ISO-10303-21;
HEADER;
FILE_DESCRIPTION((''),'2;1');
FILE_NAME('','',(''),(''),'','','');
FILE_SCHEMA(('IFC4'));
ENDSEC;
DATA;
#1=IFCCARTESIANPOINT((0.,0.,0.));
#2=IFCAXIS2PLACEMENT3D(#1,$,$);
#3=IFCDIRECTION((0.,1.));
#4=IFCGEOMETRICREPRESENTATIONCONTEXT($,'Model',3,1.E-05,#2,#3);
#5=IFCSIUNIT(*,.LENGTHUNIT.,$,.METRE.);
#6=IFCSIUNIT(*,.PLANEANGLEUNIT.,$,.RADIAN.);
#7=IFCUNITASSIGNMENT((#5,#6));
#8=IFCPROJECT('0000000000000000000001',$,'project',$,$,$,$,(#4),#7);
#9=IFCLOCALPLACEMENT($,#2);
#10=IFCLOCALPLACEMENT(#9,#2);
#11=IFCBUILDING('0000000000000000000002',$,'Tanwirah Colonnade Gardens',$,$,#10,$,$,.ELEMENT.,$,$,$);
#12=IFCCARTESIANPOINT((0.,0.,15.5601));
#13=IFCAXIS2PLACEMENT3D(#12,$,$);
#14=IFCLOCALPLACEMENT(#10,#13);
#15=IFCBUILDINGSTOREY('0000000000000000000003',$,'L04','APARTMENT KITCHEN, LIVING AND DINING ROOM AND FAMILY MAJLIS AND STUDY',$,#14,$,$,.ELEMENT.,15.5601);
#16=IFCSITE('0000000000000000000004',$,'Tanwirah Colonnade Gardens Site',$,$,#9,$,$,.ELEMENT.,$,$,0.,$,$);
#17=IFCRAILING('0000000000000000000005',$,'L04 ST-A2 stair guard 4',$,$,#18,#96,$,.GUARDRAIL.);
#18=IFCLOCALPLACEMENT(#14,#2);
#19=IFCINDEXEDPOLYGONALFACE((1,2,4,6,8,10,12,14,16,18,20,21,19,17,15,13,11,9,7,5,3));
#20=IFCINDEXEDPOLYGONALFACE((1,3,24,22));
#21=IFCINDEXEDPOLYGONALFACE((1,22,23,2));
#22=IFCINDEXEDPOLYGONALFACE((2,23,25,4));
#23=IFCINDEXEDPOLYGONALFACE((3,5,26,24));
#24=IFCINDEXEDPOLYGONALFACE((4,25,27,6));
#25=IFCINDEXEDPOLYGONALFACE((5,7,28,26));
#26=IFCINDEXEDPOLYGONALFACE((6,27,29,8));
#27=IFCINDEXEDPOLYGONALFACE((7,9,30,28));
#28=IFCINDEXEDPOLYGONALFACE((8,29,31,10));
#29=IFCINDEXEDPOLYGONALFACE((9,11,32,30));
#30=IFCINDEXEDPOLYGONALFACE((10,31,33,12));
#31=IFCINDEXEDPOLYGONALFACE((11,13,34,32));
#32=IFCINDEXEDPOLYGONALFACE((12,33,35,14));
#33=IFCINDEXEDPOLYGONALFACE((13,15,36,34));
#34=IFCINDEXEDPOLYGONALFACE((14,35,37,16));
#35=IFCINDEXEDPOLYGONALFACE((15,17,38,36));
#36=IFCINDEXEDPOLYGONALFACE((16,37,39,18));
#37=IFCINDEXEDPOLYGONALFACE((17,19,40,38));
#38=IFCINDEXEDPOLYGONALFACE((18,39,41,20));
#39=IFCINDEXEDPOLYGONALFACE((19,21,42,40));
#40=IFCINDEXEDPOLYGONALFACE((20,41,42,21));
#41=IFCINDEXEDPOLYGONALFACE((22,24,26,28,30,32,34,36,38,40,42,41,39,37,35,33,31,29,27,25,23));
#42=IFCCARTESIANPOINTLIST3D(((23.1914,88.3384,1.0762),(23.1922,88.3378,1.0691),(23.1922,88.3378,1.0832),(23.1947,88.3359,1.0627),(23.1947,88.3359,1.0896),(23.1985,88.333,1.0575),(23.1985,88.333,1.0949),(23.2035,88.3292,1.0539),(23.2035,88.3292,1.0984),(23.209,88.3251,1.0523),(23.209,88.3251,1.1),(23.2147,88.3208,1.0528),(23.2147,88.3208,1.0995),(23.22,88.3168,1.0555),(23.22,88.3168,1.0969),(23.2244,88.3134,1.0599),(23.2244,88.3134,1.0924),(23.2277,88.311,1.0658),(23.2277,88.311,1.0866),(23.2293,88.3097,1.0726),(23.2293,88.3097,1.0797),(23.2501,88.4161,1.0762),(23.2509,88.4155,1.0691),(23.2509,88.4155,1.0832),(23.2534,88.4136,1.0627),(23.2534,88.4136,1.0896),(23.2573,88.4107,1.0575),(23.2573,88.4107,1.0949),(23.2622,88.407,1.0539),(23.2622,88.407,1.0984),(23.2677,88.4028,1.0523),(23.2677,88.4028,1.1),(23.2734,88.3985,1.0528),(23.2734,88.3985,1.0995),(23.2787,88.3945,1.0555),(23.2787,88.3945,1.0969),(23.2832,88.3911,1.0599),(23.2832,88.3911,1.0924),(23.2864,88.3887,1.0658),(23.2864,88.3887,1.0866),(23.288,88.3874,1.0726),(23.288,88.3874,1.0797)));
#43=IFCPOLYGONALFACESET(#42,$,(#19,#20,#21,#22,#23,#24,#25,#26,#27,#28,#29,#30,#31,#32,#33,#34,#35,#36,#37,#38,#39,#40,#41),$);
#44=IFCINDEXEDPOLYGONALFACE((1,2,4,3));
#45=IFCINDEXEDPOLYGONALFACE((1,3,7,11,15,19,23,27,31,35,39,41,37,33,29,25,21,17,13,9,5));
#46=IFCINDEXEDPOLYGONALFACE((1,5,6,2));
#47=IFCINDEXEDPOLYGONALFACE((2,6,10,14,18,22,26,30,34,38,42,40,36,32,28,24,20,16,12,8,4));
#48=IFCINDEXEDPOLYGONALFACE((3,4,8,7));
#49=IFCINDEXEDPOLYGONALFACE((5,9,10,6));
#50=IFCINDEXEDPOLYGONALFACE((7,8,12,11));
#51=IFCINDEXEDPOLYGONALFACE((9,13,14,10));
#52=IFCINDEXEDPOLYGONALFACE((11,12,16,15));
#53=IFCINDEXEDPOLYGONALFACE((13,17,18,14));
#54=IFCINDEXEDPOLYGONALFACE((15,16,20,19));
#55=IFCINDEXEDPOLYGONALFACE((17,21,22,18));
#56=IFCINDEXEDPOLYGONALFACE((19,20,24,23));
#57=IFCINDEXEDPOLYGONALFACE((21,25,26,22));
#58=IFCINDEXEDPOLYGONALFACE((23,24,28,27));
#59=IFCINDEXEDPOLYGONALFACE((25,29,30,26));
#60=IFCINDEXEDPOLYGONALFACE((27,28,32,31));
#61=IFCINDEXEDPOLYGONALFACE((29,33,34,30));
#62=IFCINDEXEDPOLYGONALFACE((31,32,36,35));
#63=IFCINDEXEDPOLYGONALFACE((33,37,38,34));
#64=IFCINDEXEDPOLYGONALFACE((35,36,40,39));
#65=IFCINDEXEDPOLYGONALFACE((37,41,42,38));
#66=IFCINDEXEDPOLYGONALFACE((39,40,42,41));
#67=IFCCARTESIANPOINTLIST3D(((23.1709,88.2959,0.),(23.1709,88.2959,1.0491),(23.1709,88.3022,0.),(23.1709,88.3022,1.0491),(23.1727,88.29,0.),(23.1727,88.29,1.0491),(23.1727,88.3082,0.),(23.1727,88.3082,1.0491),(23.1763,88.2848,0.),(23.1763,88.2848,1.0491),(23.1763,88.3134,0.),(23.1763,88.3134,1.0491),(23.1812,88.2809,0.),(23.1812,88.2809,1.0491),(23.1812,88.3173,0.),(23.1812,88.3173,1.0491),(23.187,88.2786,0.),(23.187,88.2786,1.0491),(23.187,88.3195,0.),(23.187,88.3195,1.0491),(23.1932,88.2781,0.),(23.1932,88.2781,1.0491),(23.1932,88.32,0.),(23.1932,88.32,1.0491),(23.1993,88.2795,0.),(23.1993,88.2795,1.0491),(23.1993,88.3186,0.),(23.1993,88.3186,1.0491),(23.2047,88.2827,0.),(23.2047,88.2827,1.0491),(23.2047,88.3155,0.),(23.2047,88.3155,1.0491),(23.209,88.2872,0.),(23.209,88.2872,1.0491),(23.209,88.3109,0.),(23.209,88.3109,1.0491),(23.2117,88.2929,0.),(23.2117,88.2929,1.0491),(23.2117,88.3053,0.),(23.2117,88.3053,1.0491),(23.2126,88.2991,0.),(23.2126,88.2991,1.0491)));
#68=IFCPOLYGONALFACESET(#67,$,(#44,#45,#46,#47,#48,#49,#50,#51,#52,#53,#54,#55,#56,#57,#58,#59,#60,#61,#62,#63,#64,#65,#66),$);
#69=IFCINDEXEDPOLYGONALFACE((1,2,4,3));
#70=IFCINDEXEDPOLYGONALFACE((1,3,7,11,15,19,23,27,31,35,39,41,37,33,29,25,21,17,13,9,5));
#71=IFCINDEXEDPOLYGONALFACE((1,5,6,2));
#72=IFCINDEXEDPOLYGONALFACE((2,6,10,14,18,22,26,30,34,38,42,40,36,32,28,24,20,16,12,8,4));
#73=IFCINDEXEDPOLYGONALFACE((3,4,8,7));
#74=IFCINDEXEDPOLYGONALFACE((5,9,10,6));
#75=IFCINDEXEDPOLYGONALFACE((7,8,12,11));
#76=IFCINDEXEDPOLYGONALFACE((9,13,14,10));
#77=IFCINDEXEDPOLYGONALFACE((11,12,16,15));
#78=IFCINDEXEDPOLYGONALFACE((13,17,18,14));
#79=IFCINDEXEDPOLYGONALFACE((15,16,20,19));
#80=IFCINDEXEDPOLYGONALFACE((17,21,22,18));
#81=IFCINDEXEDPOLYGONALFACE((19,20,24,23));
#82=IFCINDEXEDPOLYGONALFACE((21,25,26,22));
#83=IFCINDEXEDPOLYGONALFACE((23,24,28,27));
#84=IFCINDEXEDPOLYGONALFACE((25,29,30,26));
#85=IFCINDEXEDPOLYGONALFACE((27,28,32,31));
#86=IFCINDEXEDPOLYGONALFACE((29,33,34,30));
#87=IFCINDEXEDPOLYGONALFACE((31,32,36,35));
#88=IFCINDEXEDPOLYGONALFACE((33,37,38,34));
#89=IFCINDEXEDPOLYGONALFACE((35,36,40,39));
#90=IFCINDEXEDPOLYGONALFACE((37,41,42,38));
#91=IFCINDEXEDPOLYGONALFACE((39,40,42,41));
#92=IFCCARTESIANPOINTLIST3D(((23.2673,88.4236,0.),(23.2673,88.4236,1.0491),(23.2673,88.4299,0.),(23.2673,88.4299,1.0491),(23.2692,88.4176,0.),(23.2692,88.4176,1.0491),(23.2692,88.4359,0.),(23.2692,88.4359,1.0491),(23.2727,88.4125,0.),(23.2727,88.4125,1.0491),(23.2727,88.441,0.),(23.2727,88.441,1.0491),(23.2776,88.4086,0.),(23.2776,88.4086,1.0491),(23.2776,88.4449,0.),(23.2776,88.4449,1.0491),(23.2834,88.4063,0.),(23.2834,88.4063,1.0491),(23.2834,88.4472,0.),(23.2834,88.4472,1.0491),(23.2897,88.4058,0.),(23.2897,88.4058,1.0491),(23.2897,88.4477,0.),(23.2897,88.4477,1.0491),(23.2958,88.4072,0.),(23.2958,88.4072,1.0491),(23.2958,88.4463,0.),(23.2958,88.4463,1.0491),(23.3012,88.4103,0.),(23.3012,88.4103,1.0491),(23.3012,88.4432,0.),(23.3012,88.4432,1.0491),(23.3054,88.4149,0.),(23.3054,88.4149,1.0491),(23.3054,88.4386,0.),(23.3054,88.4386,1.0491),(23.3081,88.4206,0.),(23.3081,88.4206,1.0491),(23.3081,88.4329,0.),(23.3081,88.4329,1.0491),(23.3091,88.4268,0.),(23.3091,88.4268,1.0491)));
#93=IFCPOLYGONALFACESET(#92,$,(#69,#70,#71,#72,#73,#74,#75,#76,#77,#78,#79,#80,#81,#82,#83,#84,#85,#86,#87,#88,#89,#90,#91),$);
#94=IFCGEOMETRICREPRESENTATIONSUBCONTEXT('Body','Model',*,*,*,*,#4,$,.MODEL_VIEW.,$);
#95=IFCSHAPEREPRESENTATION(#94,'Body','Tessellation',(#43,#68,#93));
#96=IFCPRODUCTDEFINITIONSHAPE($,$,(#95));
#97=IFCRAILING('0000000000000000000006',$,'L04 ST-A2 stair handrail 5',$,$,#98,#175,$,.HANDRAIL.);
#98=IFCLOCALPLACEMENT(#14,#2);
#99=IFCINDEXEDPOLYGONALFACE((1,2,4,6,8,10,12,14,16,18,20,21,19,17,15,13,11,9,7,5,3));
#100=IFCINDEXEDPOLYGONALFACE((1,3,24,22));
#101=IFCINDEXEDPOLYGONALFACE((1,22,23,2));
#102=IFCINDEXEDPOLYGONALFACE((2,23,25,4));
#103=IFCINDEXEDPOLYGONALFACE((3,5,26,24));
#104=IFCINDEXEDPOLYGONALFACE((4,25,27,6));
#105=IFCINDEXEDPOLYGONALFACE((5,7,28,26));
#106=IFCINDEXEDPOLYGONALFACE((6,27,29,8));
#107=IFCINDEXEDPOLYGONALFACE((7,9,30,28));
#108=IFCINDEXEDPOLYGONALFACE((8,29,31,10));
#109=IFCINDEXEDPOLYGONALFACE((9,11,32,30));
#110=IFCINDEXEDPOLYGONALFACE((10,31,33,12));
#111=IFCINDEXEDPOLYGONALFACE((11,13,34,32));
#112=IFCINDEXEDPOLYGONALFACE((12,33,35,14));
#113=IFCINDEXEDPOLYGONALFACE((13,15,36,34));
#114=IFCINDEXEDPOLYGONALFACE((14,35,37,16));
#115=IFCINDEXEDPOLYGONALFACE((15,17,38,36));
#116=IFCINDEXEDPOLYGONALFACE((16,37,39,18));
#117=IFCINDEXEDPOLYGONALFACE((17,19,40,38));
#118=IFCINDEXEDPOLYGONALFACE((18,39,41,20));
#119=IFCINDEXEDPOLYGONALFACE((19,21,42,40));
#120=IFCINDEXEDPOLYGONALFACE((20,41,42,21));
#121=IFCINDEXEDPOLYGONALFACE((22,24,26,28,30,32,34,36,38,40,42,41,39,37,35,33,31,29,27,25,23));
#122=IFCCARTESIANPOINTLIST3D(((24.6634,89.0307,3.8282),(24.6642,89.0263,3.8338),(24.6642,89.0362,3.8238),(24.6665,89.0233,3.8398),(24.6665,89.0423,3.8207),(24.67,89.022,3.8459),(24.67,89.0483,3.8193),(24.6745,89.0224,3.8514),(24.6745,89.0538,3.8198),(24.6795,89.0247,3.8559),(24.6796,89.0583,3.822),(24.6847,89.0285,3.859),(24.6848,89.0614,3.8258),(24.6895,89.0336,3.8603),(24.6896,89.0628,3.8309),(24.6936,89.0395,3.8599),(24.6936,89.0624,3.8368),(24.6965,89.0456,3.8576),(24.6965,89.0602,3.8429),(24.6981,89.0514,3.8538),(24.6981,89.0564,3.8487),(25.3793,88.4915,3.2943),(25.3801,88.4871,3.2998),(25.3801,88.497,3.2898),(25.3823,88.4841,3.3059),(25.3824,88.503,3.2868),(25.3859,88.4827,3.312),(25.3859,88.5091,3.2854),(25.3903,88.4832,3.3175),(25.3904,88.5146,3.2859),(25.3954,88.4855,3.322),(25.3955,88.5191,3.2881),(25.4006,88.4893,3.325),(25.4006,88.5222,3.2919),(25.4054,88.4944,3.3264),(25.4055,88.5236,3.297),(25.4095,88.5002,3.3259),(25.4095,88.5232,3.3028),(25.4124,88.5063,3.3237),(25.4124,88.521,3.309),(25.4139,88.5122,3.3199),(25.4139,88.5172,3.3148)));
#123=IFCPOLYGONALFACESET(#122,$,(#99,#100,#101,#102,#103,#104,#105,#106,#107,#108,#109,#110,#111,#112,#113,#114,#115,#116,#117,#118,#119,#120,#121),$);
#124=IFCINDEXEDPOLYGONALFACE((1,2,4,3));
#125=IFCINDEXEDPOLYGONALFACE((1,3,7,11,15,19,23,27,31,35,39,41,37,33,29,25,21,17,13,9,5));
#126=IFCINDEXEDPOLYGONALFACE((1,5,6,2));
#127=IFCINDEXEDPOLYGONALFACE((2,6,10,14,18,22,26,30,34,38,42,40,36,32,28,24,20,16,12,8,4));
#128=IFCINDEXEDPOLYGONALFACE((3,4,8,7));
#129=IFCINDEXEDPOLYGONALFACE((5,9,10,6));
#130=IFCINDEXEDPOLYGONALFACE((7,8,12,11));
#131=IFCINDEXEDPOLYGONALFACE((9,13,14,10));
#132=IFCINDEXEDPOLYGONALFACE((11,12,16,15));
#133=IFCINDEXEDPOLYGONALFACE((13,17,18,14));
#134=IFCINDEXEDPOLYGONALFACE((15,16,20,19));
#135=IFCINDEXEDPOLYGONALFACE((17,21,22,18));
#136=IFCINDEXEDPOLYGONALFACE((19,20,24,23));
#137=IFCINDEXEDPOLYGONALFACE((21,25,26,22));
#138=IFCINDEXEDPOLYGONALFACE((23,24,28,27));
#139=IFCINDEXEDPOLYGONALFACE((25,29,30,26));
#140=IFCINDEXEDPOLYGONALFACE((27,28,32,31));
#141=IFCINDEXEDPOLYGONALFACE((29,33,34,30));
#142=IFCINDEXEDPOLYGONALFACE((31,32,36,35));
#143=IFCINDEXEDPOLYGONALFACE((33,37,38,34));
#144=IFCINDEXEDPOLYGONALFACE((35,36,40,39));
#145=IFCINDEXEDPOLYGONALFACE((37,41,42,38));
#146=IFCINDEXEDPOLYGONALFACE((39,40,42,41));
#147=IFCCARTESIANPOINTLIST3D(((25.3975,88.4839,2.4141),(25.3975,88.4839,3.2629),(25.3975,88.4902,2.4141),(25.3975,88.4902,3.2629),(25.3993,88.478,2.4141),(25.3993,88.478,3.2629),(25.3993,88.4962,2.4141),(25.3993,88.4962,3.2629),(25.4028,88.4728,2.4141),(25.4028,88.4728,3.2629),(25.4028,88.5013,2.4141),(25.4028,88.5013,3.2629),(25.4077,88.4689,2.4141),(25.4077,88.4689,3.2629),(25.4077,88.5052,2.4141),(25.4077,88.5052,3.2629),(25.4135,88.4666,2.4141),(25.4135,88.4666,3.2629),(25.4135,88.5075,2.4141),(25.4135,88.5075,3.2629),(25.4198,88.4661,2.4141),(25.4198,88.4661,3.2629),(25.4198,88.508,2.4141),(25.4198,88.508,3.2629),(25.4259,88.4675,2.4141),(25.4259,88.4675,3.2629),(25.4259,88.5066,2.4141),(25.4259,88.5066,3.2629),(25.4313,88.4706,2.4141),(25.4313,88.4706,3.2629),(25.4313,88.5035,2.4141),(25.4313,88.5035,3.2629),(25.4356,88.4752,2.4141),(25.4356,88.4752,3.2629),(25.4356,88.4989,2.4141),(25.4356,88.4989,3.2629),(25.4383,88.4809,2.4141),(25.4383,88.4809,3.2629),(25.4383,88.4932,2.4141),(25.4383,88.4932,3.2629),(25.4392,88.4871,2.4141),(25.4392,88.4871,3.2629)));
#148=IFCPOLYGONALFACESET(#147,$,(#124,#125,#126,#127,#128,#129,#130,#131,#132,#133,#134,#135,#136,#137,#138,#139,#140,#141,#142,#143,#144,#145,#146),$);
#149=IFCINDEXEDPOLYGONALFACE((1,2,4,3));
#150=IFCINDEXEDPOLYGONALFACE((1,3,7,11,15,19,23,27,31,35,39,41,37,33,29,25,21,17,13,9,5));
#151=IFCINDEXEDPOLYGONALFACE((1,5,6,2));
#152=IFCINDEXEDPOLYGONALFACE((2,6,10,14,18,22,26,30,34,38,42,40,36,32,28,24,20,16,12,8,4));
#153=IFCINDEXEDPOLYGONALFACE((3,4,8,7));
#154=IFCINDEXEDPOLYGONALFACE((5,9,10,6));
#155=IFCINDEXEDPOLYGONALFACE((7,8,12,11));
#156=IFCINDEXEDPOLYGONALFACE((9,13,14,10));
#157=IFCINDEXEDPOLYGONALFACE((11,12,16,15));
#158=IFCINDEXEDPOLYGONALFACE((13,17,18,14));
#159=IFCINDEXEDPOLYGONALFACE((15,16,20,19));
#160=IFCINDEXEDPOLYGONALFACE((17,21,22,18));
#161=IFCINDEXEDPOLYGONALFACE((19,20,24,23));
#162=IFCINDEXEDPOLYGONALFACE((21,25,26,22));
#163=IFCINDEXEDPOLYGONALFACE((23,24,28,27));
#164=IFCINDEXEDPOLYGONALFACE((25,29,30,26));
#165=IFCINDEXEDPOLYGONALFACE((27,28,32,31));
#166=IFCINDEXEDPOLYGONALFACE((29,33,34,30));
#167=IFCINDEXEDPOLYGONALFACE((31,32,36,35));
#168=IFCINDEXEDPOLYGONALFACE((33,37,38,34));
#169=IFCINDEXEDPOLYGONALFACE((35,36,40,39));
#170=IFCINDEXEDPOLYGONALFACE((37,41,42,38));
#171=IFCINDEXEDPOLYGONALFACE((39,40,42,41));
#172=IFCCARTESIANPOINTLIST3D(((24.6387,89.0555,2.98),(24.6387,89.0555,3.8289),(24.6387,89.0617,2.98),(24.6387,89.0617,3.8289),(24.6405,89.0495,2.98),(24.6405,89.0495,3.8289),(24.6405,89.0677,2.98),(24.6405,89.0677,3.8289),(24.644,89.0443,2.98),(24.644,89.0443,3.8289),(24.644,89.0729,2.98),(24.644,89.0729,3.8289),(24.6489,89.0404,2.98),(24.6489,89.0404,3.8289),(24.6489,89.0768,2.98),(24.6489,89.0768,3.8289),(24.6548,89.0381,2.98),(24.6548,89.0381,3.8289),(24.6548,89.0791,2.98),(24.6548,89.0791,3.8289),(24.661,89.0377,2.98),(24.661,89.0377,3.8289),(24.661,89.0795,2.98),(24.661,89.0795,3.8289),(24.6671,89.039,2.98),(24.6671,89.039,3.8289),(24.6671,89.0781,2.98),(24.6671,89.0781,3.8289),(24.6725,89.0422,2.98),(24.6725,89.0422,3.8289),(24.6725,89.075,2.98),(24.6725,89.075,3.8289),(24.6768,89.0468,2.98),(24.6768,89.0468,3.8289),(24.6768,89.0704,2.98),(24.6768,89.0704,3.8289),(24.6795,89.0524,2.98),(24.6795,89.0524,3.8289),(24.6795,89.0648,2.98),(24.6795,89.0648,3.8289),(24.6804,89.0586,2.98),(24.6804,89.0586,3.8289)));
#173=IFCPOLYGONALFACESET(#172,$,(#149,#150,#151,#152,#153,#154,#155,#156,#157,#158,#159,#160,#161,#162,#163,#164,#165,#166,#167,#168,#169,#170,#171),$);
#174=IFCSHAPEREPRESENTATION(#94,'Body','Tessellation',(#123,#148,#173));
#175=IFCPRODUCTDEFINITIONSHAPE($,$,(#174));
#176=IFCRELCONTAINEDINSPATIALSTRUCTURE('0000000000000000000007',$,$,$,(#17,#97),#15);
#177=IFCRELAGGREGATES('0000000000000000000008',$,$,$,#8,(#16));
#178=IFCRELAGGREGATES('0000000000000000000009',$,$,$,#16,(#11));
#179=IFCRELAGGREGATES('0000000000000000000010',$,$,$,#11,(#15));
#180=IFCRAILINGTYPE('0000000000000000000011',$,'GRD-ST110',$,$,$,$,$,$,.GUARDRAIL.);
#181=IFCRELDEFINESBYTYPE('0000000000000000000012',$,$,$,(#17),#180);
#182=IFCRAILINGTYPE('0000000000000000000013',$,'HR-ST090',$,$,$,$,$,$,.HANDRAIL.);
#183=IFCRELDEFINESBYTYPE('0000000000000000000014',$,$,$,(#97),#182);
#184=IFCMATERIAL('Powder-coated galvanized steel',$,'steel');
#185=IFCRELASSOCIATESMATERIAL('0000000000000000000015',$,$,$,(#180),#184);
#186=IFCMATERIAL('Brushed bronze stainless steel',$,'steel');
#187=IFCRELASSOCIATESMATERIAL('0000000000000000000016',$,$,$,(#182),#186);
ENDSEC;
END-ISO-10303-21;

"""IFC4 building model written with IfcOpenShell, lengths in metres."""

from ifc_helpers import new_model, si_unit, direction, frame, origin, origin_2d, place, context, subcontext, project, spatial, circle, extrude, material, type_object, element, save


model = new_model("IFC4")

# Units and contexts
model_context = context("Model", 3, precision=1e-05, world=origin(), true_north=direction((0.0, 1.0)))
body_context = subcontext(model_context, "Body", "Model", "MODEL_VIEW")
ifc_project = project(units=[si_unit("LENGTHUNIT", "METRE"), si_unit("PLANEANGLEUNIT", "RADIAN")], contexts=[model_context])

# Site, building, storey
site_placement = place(None, origin())
site = spatial("IfcSite", under=ifc_project, at=site_placement, Name="Tanwirah Colonnade Gardens Site", CompositionType="ELEMENT", RefElevation=0.0)
building_placement = place(site_placement, origin())
building = spatial("IfcBuilding", under=site, at=building_placement, Name="Tanwirah Colonnade Gardens", CompositionType="ELEMENT")
storey_placement = place(building_placement, frame((0.0, 0.0, 15.5601)))
storey = spatial("IfcBuildingStorey", under=building, at=storey_placement, Name="L04", Description="APARTMENT KITCHEN, LIVING AND DINING ROOM AND FAMILY MAJLIS AND STUDY", CompositionType="ELEMENT", Elevation=15.5601)

# Railings
ifc_material_1 = material(Name="Powder-coated galvanized steel", Category="steel")
railing_type_1 = type_object("IfcRailingType", Name="GRD-ST110", PredefinedType="GUARDRAIL", material=ifc_material_1)
railing_1_placement = place(storey_placement, frame((23.1917, 88.2991, 0.0)))
element("IfcRailing", 1, at=railing_1_placement, inside=storey, type_object=railing_type_1, Name="L04 ST-A2 stair guard 4", PredefinedType="GUARDRAIL", context=body_context, shape_type="SweptSolid", body=[
    extrude(circle(Radius=0.0239, at=origin_2d()), frame((0.0188, 0.0249, 1.0762), z_axis=(0.602682, 0.797981, 0.0), x_axis=(-0.797981, 0.602682, 0.0)), (0.0, 0.0, 1.0), 0.0974),
    extrude(circle(Radius=0.021, at=origin_2d()), origin(), (0.0, 0.0, 1.0), 1.0491),
    extrude(circle(Radius=0.021, at=origin_2d()), frame((0.0964, 0.1277, 0.0)), (0.0, 0.0, 1.0), 1.0491),
])
ifc_material_2 = material(Name="Brushed bronze stainless steel", Category="steel")
railing_type_2 = type_object("IfcRailingType", Name="HR-ST090", PredefinedType="HANDRAIL", material=ifc_material_2)
railing_2_placement = place(storey_placement, frame((25.4182, 88.4871, 2.4141)))
element("IfcRailing", 2, at=railing_2_placement, inside=storey, type_object=railing_type_2, Name="L04 ST-A2 stair handrail 5", PredefinedType="HANDRAIL", context=body_context, shape_type="SweptSolid", body=[
    extrude(circle(Radius=0.0239, at=origin_2d()), frame((-0.0215, 0.0161, 0.8918), z_axis=(-0.686224, 0.516876, 0.511797), x_axis=(-0.601644, -0.798765, 0.0)), (0.0, 0.0, 1.0), 1.0432),
    extrude(circle(Radius=0.021, at=origin_2d()), origin(), (0.0, 0.0, 1.0), 0.8489),
    extrude(circle(Radius=0.021, at=origin_2d()), frame((-0.7588, 0.5715, 0.5659)), (0.0, 0.0, 1.0), 0.8489),
])

save(model, "model.ifc")
